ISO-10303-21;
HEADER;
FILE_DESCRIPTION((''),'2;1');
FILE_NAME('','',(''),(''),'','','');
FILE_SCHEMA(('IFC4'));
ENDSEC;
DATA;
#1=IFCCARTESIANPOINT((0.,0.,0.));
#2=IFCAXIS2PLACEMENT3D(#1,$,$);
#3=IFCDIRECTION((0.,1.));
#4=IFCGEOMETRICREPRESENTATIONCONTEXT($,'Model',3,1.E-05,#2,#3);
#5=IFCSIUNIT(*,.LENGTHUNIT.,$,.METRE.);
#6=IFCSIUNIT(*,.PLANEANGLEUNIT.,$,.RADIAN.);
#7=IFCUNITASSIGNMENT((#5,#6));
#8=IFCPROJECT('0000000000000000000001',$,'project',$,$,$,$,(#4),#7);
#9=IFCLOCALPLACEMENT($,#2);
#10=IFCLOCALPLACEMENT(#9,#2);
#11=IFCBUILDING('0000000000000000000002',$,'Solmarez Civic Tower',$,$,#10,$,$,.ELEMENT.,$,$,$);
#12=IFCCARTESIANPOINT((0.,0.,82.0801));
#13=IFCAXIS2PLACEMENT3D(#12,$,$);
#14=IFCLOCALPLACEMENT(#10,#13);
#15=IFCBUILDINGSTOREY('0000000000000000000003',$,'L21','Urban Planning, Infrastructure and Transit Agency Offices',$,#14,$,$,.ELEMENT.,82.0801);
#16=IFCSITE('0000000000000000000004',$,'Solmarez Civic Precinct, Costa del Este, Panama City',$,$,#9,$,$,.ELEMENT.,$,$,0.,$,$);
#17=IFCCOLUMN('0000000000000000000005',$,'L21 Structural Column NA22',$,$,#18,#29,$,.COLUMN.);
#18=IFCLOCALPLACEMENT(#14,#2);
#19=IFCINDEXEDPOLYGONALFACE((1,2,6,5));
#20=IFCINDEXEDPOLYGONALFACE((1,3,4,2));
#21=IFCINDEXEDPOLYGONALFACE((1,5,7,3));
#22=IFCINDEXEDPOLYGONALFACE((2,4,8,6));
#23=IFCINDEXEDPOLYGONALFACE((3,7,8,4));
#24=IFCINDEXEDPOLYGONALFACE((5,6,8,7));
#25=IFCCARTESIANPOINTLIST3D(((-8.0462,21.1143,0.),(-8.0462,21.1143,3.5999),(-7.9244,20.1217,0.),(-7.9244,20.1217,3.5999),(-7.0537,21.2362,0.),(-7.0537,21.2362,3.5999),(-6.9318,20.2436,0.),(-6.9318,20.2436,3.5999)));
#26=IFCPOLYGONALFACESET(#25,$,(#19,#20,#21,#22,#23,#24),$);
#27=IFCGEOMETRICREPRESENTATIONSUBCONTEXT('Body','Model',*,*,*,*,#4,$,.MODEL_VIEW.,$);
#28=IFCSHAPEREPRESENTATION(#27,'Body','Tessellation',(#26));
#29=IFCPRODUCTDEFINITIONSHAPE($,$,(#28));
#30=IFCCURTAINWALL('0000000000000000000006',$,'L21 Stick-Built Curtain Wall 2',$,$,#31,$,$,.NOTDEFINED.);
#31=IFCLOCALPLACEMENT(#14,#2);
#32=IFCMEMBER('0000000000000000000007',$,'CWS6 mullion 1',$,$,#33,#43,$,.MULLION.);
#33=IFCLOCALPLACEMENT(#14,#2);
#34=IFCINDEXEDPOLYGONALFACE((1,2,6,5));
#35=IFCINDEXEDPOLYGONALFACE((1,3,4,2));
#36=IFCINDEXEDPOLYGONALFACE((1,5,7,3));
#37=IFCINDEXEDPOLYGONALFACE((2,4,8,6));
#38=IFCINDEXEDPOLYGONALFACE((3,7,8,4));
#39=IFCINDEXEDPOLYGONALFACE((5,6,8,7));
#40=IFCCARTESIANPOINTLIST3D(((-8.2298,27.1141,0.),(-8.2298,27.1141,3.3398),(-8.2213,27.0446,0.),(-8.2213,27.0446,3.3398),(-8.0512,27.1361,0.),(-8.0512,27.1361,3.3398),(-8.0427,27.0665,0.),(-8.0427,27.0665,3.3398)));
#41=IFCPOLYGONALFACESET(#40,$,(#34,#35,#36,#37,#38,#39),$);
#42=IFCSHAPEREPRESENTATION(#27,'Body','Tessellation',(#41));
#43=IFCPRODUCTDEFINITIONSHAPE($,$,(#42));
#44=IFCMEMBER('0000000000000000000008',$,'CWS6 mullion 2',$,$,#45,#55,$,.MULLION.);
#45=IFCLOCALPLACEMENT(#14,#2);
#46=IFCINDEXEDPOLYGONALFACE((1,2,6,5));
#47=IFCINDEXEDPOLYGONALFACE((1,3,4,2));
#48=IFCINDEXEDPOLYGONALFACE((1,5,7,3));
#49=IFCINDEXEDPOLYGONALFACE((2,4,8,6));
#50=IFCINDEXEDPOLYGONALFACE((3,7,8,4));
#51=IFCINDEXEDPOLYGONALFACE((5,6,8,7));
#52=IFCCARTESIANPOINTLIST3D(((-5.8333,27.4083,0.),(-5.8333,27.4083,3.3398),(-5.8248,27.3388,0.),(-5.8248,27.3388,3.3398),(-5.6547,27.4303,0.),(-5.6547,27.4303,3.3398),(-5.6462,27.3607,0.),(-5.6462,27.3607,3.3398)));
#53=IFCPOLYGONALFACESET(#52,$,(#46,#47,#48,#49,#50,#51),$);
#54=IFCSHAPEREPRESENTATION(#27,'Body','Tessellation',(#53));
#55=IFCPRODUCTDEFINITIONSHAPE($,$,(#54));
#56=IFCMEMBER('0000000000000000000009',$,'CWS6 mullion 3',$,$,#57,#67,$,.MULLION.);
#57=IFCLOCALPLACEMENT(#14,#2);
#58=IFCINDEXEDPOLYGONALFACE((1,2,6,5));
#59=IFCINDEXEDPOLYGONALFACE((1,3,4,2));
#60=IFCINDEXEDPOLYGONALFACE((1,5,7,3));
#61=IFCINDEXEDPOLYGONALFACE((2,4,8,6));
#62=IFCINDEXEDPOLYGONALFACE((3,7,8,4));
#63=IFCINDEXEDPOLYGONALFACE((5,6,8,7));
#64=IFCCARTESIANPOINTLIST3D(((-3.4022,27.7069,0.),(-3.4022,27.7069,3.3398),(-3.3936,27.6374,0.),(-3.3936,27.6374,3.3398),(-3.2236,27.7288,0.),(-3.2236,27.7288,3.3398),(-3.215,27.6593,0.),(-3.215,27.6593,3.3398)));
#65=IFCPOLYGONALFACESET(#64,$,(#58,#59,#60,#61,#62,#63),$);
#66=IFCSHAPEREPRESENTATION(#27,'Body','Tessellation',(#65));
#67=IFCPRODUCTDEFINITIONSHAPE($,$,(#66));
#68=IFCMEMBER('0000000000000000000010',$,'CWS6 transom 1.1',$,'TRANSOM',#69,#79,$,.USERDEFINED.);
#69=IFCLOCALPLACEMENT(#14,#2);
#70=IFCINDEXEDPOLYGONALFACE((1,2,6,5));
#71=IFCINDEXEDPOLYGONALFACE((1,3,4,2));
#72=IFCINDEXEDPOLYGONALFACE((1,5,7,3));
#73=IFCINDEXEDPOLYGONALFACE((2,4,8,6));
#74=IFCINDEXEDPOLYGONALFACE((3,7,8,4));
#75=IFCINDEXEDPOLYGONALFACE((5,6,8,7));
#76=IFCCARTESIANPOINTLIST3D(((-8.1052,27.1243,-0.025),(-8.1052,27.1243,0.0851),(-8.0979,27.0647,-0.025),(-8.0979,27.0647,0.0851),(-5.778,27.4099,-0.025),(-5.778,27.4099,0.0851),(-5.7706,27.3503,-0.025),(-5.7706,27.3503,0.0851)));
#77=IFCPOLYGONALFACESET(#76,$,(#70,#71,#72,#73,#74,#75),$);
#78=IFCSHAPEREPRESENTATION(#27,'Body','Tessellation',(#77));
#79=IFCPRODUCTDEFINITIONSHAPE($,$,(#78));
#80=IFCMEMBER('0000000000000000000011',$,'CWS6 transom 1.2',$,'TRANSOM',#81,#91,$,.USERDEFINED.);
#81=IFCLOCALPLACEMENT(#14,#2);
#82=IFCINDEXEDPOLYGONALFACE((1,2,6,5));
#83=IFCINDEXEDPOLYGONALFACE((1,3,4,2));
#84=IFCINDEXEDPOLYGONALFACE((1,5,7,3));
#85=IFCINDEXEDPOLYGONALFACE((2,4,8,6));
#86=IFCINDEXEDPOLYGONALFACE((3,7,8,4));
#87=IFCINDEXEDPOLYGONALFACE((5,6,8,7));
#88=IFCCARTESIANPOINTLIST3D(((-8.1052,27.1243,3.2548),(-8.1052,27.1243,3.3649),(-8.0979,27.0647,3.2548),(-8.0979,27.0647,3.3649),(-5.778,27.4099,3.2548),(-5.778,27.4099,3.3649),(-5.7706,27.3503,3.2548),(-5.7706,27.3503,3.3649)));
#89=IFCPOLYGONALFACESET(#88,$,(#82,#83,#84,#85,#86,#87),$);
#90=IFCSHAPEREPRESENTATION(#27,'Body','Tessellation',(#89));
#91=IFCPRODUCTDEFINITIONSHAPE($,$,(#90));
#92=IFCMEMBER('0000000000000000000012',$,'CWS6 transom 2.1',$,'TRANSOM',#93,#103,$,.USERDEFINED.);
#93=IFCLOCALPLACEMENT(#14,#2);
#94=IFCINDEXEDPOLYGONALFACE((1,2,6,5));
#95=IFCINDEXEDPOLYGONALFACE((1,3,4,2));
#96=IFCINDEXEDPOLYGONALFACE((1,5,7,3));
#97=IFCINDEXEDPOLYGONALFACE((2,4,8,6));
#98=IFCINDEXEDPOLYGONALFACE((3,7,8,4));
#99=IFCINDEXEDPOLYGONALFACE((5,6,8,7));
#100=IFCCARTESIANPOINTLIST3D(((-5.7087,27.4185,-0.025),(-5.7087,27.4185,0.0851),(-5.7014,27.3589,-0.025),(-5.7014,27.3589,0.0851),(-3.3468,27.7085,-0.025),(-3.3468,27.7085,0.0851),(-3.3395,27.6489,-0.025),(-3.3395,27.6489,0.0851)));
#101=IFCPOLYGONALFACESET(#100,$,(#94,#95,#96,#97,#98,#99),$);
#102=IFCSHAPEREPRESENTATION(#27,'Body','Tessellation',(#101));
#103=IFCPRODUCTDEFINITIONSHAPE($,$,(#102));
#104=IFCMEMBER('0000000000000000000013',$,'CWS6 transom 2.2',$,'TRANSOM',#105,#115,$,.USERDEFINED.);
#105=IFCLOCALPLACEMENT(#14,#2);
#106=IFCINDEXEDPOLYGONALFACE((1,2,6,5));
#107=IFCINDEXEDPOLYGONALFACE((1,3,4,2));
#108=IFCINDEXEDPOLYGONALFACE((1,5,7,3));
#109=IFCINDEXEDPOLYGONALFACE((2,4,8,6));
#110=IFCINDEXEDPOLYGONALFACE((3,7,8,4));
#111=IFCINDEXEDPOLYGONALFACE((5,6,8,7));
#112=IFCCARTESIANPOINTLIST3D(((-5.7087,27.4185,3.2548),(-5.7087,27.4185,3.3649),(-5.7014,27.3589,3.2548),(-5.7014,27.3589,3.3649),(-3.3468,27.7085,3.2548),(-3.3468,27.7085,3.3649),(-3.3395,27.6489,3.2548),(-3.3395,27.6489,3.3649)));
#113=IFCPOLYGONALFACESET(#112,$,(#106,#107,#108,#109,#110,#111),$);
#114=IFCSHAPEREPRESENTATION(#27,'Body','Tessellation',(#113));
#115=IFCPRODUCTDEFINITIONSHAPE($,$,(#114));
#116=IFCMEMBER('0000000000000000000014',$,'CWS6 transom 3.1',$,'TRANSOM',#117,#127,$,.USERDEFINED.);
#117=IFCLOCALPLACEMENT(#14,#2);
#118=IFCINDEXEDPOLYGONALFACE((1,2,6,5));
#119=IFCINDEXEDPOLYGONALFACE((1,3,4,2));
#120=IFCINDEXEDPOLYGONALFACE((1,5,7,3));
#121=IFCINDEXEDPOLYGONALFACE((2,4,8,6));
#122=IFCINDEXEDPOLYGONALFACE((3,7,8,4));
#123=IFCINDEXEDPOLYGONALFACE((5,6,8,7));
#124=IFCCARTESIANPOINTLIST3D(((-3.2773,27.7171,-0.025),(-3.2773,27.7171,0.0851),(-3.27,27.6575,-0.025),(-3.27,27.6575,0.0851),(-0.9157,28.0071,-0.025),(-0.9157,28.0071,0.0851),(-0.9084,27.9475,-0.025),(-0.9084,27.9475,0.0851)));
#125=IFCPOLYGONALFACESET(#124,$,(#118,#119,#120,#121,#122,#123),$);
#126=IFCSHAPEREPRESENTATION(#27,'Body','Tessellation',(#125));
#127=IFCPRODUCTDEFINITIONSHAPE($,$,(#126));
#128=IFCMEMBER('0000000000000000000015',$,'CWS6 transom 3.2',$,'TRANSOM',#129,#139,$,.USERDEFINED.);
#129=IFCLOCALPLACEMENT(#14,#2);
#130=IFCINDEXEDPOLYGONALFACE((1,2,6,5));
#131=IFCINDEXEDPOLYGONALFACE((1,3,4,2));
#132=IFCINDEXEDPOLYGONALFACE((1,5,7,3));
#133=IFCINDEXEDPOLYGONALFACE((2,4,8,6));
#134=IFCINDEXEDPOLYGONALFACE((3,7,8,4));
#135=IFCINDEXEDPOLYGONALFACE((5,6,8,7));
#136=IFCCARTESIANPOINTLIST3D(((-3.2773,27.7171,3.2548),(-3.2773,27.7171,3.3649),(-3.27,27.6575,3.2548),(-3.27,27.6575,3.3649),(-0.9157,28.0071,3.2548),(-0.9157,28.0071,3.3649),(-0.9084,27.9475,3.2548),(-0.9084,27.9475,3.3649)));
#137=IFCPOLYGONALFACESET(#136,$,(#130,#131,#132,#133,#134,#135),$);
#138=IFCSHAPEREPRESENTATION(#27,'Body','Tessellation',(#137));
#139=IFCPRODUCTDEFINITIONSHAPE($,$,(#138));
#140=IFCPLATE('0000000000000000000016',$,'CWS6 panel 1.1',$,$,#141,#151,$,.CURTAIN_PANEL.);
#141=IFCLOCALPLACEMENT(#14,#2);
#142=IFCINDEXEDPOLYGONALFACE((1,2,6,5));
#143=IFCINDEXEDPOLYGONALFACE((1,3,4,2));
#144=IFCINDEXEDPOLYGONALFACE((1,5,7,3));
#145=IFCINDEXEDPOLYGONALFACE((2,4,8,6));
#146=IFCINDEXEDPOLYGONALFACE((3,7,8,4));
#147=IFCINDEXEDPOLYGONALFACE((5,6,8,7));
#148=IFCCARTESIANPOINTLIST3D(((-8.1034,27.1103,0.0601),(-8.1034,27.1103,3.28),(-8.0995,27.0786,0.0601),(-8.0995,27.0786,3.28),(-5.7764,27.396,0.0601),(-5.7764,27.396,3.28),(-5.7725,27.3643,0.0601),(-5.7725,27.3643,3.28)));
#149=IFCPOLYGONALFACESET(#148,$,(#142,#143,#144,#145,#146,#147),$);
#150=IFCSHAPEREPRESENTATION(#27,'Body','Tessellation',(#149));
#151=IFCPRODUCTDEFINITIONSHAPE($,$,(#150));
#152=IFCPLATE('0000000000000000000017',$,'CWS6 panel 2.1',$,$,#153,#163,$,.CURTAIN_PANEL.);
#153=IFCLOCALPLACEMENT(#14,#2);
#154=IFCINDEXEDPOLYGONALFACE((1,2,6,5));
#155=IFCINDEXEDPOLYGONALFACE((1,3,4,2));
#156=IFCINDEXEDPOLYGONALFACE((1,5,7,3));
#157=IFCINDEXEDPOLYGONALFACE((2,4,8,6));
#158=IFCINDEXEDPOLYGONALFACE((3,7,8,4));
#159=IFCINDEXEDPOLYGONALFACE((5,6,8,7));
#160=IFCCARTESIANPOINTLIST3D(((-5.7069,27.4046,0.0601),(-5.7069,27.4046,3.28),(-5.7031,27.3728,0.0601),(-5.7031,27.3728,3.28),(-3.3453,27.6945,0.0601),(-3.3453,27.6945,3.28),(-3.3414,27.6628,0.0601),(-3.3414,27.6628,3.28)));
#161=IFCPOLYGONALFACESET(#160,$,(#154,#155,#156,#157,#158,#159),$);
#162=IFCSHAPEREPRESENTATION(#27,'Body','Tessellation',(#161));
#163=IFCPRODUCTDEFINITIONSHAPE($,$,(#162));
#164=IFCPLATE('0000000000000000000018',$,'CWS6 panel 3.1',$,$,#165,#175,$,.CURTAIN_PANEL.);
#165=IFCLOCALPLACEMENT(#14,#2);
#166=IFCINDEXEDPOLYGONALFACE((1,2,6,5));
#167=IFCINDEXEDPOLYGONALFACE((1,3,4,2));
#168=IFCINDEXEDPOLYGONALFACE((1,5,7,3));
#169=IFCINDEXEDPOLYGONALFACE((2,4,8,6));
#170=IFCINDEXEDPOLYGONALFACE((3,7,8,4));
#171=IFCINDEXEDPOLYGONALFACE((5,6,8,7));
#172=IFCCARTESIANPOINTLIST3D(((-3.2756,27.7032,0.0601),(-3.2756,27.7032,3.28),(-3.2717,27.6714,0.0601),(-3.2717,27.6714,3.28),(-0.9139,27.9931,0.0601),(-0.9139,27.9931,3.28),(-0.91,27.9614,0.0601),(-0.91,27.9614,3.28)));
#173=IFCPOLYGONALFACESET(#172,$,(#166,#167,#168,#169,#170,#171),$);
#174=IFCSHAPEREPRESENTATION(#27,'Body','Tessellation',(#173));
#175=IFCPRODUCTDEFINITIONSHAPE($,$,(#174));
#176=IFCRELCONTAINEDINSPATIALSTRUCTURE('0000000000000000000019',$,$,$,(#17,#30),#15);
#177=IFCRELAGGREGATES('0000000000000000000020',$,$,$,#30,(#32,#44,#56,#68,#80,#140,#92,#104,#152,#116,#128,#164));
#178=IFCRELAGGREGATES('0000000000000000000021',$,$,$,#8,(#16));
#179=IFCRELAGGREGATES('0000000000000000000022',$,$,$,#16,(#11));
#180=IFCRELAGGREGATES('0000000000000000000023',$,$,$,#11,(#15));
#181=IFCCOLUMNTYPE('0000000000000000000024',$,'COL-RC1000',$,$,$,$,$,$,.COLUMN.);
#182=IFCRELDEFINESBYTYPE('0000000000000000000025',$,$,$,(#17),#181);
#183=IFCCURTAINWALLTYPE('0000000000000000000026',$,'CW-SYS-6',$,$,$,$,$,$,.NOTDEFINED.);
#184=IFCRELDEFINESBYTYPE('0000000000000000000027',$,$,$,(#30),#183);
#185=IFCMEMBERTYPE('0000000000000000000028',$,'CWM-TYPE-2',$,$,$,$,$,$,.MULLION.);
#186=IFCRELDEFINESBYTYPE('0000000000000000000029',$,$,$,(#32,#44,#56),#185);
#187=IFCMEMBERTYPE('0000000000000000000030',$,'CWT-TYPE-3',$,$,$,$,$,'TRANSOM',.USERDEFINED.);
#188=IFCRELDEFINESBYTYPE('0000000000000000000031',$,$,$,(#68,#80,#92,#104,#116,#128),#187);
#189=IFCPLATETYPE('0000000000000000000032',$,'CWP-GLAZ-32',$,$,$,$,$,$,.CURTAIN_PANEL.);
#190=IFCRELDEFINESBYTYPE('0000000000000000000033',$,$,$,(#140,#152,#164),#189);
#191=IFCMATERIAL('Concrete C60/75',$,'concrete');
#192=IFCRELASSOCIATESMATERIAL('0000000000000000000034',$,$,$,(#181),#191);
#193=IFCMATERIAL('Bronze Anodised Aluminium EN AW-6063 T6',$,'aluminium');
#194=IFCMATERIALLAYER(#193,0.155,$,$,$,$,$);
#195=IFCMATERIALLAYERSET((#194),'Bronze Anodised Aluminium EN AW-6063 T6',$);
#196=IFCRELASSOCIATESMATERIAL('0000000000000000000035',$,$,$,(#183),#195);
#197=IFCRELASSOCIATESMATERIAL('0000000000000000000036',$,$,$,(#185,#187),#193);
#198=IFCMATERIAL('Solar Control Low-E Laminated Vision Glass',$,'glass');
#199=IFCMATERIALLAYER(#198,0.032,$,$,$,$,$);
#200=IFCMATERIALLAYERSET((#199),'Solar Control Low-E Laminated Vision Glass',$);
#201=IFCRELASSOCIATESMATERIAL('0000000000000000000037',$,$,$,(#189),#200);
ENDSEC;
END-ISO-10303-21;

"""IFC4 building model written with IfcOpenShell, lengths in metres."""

from ifc_helpers import new_model, si_unit, direction, frame, origin, origin_2d, place, context, subcontext, project, spatial, rectangle, extrude, material, layer, layer_set, material_profile, profile_set, type_object, element, aggregate, save


model = new_model("IFC4")

# Units and contexts
model_context = context("Model", 3, precision=1e-05, world=origin(), true_north=direction((0.0, 1.0)))
body_context = subcontext(model_context, "Body", "Model", "MODEL_VIEW")
ifc_project = project(units=[si_unit("LENGTHUNIT", "METRE"), si_unit("PLANEANGLEUNIT", "RADIAN")], contexts=[model_context])

# Site, building, storey
site_placement = place(None, origin())
site = spatial("IfcSite", under=ifc_project, at=site_placement, Name="Solmarez Civic Precinct, Costa del Este, Panama City", CompositionType="ELEMENT", RefElevation=0.0)
building_placement = place(site_placement, origin())
building = spatial("IfcBuilding", under=site, at=building_placement, Name="Solmarez Civic Tower", CompositionType="ELEMENT")
storey_placement = place(building_placement, frame((0.0, 0.0, 82.0801)))
storey = spatial("IfcBuildingStorey", under=building, at=storey_placement, Name="L21", Description="Urban Planning, Infrastructure and Transit Agency Offices", CompositionType="ELEMENT", Elevation=82.0801)

# Column
ifc_material_1 = material(Name="Concrete C60/75", Category="concrete")
ifc_material_profile_1 = material_profile(ifc_material_1, rectangle(XDim=1.0, YDim=1.0, at=origin_2d()), Name="RC1000X1000")
ifc_profile_set_1 = profile_set([ifc_material_profile_1], Name="Concrete C60/75")
column_type = type_object("IfcColumnType", Name="COL-RC1000", PredefinedType="COLUMN", material=ifc_profile_set_1)
column_placement = place(storey_placement, frame((-7.489, 20.679, 0.0), z_axis=(0.0, 0.0, 1.0), x_axis=(0.992546, 0.121869, 0.0)))
element("IfcColumn", 1, at=column_placement, inside=storey, type_object=column_type, Name="L21 Structural Column NA22", PredefinedType="COLUMN", context=body_context, shape_type="SweptSolid", body=[
    extrude(rectangle(XDim=1.0, YDim=1.0, at=origin_2d()), origin(), (0.0, 0.0, 1.0), 3.5999),
])

# Curtain wall, members, plates
ifc_material_2 = material(Name="Bronze Anodised Aluminium EN AW-6063 T6", Category="aluminium")
ifc_layer_1 = layer(ifc_material_2, 0.155)
ifc_layer_set_1 = layer_set([ifc_layer_1], Name="Bronze Anodised Aluminium EN AW-6063 T6")
curtain_wall_type = type_object("IfcCurtainWallType", Name="CW-SYS-6", PredefinedType="NOTDEFINED", material=ifc_layer_set_1)
curtain_wall_placement = place(storey_placement, origin())
curtain_wall = element("IfcCurtainWall", 2, at=curtain_wall_placement, inside=storey, type_object=curtain_wall_type, Name="L21 Stick-Built Curtain Wall 2", PredefinedType="NOTDEFINED")
ifc_material_profile_2 = material_profile(ifc_material_2, rectangle(XDim=0.0701, YDim=0.1799, at=origin_2d()), Name="CWM-70X180")
ifc_profile_set_2 = profile_set([ifc_material_profile_2], Name="Bronze Anodised Aluminium EN AW-6063 T6")
member_type_1 = type_object("IfcMemberType", Name="CWM-TYPE-2", PredefinedType="MULLION", material=ifc_profile_set_2)
member_1_placement = place(storey_placement, frame((-8.1362, 27.0903, 0.0), z_axis=(0.0, 0.0, 1.0), x_axis=(-0.121861, 0.992547, 0.0)))
member_1 = element("IfcMember", 3, at=member_1_placement, type_object=member_type_1, Name="CWS6 mullion 1", PredefinedType="MULLION", context=body_context, shape_type="SweptSolid", body=[
    extrude(rectangle(XDim=0.0701, YDim=0.1799, at=origin_2d()), origin(), (0.0, 0.0, 1.0), 3.3398),
])
member_2_placement = place(storey_placement, frame((-5.7397, 27.3845, 0.0), z_axis=(0.0, 0.0, 1.0), x_axis=(-0.121861, 0.992547, 0.0)))
member_2 = element("IfcMember", 4, at=member_2_placement, type_object=member_type_1, Name="CWS6 mullion 2", PredefinedType="MULLION", context=body_context, shape_type="SweptSolid", body=[
    extrude(rectangle(XDim=0.0701, YDim=0.1799, at=origin_2d()), origin(), (0.0, 0.0, 1.0), 3.3398),
])
member_3_placement = place(storey_placement, frame((-3.3086, 27.6831, 0.0), z_axis=(0.0, 0.0, 1.0), x_axis=(-0.121861, 0.992547, 0.0)))
member_3 = element("IfcMember", 5, at=member_3_placement, type_object=member_type_1, Name="CWS6 mullion 3", PredefinedType="MULLION", context=body_context, shape_type="SweptSolid", body=[
    extrude(rectangle(XDim=0.0701, YDim=0.1799, at=origin_2d()), origin(), (0.0, 0.0, 1.0), 3.3398),
])
ifc_material_profile_3 = material_profile(ifc_material_2, rectangle(XDim=0.0601, YDim=0.1101, at=origin_2d()), Name="CWT-60X110")
ifc_profile_set_3 = profile_set([ifc_material_profile_3], Name="Bronze Anodised Aluminium EN AW-6063 T6")
member_type_2 = type_object("IfcMemberType", Name="CWT-TYPE-3", ElementType="TRANSOM", PredefinedType="USERDEFINED", material=ifc_profile_set_3)
member_4_placement = place(storey_placement, frame((-8.1016, 27.0945, 0.03), z_axis=(0.992551, 0.12183, 0.0), x_axis=(-0.12183, 0.992551, 0.0)))
member_4 = element("IfcMember", 6, at=member_4_placement, type_object=member_type_2, Name="CWS6 transom 1.1", ObjectType="TRANSOM", PredefinedType="USERDEFINED", context=body_context, shape_type="SweptSolid", body=[
    extrude(rectangle(XDim=0.0601, YDim=0.1101, at=origin_2d()), origin(), (0.0, 0.0, 1.0), 2.3447),
])
member_5_placement = place(storey_placement, frame((-8.1016, 27.0945, 3.3098), z_axis=(0.992551, 0.12183, 0.0), x_axis=(-0.12183, 0.992551, 0.0)))
member_5 = element("IfcMember", 7, at=member_5_placement, type_object=member_type_2, Name="CWS6 transom 1.2", ObjectType="TRANSOM", PredefinedType="USERDEFINED", context=body_context, shape_type="SweptSolid", body=[
    extrude(rectangle(XDim=0.0601, YDim=0.1101, at=origin_2d()), origin(), (0.0, 0.0, 1.0), 2.3447),
])
member_6_placement = place(storey_placement, frame((-5.7051, 27.3887, 0.03), z_axis=(0.992544, 0.121888, 0.0), x_axis=(-0.121888, 0.992544, 0.0)))
member_6 = element("IfcMember", 8, at=member_6_placement, type_object=member_type_2, Name="CWS6 transom 2.1", ObjectType="TRANSOM", PredefinedType="USERDEFINED", context=body_context, shape_type="SweptSolid", body=[
    extrude(rectangle(XDim=0.0601, YDim=0.1101, at=origin_2d()), origin(), (0.0, 0.0, 1.0), 2.3796),
])
member_7_placement = place(storey_placement, frame((-5.7051, 27.3887, 3.3098), z_axis=(0.992544, 0.121888, 0.0), x_axis=(-0.121888, 0.992544, 0.0)))
member_7 = element("IfcMember", 9, at=member_7_placement, type_object=member_type_2, Name="CWS6 transom 2.2", ObjectType="TRANSOM", PredefinedType="USERDEFINED", context=body_context, shape_type="SweptSolid", body=[
    extrude(rectangle(XDim=0.0601, YDim=0.1101, at=origin_2d()), origin(), (0.0, 0.0, 1.0), 2.3796),
])
member_8_placement = place(storey_placement, frame((-3.2737, 27.6873, 0.03), z_axis=(0.992542, 0.1219, 0.0), x_axis=(-0.1219, 0.992542, 0.0)))
member_8 = element("IfcMember", 10, at=member_8_placement, type_object=member_type_2, Name="CWS6 transom 3.1", ObjectType="TRANSOM", PredefinedType="USERDEFINED", context=body_context, shape_type="SweptSolid", body=[
    extrude(rectangle(XDim=0.0601, YDim=0.1101, at=origin_2d()), origin(), (0.0, 0.0, 1.0), 2.3794),
])
member_9_placement = place(storey_placement, frame((-3.2737, 27.6873, 3.3098), z_axis=(0.992542, 0.1219, 0.0), x_axis=(-0.1219, 0.992542, 0.0)))
member_9 = element("IfcMember", 11, at=member_9_placement, type_object=member_type_2, Name="CWS6 transom 3.2", ObjectType="TRANSOM", PredefinedType="USERDEFINED", context=body_context, shape_type="SweptSolid", body=[
    extrude(rectangle(XDim=0.0601, YDim=0.1101, at=origin_2d()), origin(), (0.0, 0.0, 1.0), 2.3794),
])
ifc_material_3 = material(Name="Solar Control Low-E Laminated Vision Glass", Category="glass")
ifc_layer_2 = layer(ifc_material_3, 0.032)
ifc_layer_set_2 = layer_set([ifc_layer_2], Name="Solar Control Low-E Laminated Vision Glass")
plate_type = type_object("IfcPlateType", Name="CWP-GLAZ-32", PredefinedType="CURTAIN_PANEL", material=ifc_layer_set_2)
plate_1_placement = place(storey_placement, frame((-6.938, 27.2373, 0.0601), z_axis=(0.0, 0.0, 1.0), x_axis=(0.992547, 0.121861, 0.0)))
plate_1 = element("IfcPlate", 12, at=plate_1_placement, type_object=plate_type, Name="CWS6 panel 1.1", PredefinedType="CURTAIN_PANEL", context=body_context, shape_type="SweptSolid", body=[
    extrude(rectangle(XDim=2.3445, YDim=0.032, at=origin_2d()), origin(), (0.0, 0.0, 1.0), 3.22),
])
plate_2_placement = place(storey_placement, frame((-4.5242, 27.5337, 0.0601), z_axis=(0.0, 0.0, 1.0), x_axis=(0.992547, 0.121861, 0.0)))
plate_2 = element("IfcPlate", 13, at=plate_2_placement, type_object=plate_type, Name="CWS6 panel 2.1", PredefinedType="CURTAIN_PANEL", context=body_context, shape_type="SweptSolid", body=[
    extrude(rectangle(XDim=2.3794, YDim=0.032, at=origin_2d()), origin(), (0.0, 0.0, 1.0), 3.22),
])
plate_3_placement = place(storey_placement, frame((-2.0928, 27.8323, 0.0601), z_axis=(0.0, 0.0, 1.0), x_axis=(0.992547, 0.121861, 0.0)))
plate_3 = element("IfcPlate", 14, at=plate_3_placement, type_object=plate_type, Name="CWS6 panel 3.1", PredefinedType="CURTAIN_PANEL", context=body_context, shape_type="SweptSolid", body=[
    extrude(rectangle(XDim=2.3794, YDim=0.032, at=origin_2d()), origin(), (0.0, 0.0, 1.0), 3.22),
])
aggregate(curtain_wall, [member_1, member_2, member_3, member_4, member_5, plate_1, member_6, member_7, plate_2, member_8, member_9, plate_3])

save(model, "model.ifc")
